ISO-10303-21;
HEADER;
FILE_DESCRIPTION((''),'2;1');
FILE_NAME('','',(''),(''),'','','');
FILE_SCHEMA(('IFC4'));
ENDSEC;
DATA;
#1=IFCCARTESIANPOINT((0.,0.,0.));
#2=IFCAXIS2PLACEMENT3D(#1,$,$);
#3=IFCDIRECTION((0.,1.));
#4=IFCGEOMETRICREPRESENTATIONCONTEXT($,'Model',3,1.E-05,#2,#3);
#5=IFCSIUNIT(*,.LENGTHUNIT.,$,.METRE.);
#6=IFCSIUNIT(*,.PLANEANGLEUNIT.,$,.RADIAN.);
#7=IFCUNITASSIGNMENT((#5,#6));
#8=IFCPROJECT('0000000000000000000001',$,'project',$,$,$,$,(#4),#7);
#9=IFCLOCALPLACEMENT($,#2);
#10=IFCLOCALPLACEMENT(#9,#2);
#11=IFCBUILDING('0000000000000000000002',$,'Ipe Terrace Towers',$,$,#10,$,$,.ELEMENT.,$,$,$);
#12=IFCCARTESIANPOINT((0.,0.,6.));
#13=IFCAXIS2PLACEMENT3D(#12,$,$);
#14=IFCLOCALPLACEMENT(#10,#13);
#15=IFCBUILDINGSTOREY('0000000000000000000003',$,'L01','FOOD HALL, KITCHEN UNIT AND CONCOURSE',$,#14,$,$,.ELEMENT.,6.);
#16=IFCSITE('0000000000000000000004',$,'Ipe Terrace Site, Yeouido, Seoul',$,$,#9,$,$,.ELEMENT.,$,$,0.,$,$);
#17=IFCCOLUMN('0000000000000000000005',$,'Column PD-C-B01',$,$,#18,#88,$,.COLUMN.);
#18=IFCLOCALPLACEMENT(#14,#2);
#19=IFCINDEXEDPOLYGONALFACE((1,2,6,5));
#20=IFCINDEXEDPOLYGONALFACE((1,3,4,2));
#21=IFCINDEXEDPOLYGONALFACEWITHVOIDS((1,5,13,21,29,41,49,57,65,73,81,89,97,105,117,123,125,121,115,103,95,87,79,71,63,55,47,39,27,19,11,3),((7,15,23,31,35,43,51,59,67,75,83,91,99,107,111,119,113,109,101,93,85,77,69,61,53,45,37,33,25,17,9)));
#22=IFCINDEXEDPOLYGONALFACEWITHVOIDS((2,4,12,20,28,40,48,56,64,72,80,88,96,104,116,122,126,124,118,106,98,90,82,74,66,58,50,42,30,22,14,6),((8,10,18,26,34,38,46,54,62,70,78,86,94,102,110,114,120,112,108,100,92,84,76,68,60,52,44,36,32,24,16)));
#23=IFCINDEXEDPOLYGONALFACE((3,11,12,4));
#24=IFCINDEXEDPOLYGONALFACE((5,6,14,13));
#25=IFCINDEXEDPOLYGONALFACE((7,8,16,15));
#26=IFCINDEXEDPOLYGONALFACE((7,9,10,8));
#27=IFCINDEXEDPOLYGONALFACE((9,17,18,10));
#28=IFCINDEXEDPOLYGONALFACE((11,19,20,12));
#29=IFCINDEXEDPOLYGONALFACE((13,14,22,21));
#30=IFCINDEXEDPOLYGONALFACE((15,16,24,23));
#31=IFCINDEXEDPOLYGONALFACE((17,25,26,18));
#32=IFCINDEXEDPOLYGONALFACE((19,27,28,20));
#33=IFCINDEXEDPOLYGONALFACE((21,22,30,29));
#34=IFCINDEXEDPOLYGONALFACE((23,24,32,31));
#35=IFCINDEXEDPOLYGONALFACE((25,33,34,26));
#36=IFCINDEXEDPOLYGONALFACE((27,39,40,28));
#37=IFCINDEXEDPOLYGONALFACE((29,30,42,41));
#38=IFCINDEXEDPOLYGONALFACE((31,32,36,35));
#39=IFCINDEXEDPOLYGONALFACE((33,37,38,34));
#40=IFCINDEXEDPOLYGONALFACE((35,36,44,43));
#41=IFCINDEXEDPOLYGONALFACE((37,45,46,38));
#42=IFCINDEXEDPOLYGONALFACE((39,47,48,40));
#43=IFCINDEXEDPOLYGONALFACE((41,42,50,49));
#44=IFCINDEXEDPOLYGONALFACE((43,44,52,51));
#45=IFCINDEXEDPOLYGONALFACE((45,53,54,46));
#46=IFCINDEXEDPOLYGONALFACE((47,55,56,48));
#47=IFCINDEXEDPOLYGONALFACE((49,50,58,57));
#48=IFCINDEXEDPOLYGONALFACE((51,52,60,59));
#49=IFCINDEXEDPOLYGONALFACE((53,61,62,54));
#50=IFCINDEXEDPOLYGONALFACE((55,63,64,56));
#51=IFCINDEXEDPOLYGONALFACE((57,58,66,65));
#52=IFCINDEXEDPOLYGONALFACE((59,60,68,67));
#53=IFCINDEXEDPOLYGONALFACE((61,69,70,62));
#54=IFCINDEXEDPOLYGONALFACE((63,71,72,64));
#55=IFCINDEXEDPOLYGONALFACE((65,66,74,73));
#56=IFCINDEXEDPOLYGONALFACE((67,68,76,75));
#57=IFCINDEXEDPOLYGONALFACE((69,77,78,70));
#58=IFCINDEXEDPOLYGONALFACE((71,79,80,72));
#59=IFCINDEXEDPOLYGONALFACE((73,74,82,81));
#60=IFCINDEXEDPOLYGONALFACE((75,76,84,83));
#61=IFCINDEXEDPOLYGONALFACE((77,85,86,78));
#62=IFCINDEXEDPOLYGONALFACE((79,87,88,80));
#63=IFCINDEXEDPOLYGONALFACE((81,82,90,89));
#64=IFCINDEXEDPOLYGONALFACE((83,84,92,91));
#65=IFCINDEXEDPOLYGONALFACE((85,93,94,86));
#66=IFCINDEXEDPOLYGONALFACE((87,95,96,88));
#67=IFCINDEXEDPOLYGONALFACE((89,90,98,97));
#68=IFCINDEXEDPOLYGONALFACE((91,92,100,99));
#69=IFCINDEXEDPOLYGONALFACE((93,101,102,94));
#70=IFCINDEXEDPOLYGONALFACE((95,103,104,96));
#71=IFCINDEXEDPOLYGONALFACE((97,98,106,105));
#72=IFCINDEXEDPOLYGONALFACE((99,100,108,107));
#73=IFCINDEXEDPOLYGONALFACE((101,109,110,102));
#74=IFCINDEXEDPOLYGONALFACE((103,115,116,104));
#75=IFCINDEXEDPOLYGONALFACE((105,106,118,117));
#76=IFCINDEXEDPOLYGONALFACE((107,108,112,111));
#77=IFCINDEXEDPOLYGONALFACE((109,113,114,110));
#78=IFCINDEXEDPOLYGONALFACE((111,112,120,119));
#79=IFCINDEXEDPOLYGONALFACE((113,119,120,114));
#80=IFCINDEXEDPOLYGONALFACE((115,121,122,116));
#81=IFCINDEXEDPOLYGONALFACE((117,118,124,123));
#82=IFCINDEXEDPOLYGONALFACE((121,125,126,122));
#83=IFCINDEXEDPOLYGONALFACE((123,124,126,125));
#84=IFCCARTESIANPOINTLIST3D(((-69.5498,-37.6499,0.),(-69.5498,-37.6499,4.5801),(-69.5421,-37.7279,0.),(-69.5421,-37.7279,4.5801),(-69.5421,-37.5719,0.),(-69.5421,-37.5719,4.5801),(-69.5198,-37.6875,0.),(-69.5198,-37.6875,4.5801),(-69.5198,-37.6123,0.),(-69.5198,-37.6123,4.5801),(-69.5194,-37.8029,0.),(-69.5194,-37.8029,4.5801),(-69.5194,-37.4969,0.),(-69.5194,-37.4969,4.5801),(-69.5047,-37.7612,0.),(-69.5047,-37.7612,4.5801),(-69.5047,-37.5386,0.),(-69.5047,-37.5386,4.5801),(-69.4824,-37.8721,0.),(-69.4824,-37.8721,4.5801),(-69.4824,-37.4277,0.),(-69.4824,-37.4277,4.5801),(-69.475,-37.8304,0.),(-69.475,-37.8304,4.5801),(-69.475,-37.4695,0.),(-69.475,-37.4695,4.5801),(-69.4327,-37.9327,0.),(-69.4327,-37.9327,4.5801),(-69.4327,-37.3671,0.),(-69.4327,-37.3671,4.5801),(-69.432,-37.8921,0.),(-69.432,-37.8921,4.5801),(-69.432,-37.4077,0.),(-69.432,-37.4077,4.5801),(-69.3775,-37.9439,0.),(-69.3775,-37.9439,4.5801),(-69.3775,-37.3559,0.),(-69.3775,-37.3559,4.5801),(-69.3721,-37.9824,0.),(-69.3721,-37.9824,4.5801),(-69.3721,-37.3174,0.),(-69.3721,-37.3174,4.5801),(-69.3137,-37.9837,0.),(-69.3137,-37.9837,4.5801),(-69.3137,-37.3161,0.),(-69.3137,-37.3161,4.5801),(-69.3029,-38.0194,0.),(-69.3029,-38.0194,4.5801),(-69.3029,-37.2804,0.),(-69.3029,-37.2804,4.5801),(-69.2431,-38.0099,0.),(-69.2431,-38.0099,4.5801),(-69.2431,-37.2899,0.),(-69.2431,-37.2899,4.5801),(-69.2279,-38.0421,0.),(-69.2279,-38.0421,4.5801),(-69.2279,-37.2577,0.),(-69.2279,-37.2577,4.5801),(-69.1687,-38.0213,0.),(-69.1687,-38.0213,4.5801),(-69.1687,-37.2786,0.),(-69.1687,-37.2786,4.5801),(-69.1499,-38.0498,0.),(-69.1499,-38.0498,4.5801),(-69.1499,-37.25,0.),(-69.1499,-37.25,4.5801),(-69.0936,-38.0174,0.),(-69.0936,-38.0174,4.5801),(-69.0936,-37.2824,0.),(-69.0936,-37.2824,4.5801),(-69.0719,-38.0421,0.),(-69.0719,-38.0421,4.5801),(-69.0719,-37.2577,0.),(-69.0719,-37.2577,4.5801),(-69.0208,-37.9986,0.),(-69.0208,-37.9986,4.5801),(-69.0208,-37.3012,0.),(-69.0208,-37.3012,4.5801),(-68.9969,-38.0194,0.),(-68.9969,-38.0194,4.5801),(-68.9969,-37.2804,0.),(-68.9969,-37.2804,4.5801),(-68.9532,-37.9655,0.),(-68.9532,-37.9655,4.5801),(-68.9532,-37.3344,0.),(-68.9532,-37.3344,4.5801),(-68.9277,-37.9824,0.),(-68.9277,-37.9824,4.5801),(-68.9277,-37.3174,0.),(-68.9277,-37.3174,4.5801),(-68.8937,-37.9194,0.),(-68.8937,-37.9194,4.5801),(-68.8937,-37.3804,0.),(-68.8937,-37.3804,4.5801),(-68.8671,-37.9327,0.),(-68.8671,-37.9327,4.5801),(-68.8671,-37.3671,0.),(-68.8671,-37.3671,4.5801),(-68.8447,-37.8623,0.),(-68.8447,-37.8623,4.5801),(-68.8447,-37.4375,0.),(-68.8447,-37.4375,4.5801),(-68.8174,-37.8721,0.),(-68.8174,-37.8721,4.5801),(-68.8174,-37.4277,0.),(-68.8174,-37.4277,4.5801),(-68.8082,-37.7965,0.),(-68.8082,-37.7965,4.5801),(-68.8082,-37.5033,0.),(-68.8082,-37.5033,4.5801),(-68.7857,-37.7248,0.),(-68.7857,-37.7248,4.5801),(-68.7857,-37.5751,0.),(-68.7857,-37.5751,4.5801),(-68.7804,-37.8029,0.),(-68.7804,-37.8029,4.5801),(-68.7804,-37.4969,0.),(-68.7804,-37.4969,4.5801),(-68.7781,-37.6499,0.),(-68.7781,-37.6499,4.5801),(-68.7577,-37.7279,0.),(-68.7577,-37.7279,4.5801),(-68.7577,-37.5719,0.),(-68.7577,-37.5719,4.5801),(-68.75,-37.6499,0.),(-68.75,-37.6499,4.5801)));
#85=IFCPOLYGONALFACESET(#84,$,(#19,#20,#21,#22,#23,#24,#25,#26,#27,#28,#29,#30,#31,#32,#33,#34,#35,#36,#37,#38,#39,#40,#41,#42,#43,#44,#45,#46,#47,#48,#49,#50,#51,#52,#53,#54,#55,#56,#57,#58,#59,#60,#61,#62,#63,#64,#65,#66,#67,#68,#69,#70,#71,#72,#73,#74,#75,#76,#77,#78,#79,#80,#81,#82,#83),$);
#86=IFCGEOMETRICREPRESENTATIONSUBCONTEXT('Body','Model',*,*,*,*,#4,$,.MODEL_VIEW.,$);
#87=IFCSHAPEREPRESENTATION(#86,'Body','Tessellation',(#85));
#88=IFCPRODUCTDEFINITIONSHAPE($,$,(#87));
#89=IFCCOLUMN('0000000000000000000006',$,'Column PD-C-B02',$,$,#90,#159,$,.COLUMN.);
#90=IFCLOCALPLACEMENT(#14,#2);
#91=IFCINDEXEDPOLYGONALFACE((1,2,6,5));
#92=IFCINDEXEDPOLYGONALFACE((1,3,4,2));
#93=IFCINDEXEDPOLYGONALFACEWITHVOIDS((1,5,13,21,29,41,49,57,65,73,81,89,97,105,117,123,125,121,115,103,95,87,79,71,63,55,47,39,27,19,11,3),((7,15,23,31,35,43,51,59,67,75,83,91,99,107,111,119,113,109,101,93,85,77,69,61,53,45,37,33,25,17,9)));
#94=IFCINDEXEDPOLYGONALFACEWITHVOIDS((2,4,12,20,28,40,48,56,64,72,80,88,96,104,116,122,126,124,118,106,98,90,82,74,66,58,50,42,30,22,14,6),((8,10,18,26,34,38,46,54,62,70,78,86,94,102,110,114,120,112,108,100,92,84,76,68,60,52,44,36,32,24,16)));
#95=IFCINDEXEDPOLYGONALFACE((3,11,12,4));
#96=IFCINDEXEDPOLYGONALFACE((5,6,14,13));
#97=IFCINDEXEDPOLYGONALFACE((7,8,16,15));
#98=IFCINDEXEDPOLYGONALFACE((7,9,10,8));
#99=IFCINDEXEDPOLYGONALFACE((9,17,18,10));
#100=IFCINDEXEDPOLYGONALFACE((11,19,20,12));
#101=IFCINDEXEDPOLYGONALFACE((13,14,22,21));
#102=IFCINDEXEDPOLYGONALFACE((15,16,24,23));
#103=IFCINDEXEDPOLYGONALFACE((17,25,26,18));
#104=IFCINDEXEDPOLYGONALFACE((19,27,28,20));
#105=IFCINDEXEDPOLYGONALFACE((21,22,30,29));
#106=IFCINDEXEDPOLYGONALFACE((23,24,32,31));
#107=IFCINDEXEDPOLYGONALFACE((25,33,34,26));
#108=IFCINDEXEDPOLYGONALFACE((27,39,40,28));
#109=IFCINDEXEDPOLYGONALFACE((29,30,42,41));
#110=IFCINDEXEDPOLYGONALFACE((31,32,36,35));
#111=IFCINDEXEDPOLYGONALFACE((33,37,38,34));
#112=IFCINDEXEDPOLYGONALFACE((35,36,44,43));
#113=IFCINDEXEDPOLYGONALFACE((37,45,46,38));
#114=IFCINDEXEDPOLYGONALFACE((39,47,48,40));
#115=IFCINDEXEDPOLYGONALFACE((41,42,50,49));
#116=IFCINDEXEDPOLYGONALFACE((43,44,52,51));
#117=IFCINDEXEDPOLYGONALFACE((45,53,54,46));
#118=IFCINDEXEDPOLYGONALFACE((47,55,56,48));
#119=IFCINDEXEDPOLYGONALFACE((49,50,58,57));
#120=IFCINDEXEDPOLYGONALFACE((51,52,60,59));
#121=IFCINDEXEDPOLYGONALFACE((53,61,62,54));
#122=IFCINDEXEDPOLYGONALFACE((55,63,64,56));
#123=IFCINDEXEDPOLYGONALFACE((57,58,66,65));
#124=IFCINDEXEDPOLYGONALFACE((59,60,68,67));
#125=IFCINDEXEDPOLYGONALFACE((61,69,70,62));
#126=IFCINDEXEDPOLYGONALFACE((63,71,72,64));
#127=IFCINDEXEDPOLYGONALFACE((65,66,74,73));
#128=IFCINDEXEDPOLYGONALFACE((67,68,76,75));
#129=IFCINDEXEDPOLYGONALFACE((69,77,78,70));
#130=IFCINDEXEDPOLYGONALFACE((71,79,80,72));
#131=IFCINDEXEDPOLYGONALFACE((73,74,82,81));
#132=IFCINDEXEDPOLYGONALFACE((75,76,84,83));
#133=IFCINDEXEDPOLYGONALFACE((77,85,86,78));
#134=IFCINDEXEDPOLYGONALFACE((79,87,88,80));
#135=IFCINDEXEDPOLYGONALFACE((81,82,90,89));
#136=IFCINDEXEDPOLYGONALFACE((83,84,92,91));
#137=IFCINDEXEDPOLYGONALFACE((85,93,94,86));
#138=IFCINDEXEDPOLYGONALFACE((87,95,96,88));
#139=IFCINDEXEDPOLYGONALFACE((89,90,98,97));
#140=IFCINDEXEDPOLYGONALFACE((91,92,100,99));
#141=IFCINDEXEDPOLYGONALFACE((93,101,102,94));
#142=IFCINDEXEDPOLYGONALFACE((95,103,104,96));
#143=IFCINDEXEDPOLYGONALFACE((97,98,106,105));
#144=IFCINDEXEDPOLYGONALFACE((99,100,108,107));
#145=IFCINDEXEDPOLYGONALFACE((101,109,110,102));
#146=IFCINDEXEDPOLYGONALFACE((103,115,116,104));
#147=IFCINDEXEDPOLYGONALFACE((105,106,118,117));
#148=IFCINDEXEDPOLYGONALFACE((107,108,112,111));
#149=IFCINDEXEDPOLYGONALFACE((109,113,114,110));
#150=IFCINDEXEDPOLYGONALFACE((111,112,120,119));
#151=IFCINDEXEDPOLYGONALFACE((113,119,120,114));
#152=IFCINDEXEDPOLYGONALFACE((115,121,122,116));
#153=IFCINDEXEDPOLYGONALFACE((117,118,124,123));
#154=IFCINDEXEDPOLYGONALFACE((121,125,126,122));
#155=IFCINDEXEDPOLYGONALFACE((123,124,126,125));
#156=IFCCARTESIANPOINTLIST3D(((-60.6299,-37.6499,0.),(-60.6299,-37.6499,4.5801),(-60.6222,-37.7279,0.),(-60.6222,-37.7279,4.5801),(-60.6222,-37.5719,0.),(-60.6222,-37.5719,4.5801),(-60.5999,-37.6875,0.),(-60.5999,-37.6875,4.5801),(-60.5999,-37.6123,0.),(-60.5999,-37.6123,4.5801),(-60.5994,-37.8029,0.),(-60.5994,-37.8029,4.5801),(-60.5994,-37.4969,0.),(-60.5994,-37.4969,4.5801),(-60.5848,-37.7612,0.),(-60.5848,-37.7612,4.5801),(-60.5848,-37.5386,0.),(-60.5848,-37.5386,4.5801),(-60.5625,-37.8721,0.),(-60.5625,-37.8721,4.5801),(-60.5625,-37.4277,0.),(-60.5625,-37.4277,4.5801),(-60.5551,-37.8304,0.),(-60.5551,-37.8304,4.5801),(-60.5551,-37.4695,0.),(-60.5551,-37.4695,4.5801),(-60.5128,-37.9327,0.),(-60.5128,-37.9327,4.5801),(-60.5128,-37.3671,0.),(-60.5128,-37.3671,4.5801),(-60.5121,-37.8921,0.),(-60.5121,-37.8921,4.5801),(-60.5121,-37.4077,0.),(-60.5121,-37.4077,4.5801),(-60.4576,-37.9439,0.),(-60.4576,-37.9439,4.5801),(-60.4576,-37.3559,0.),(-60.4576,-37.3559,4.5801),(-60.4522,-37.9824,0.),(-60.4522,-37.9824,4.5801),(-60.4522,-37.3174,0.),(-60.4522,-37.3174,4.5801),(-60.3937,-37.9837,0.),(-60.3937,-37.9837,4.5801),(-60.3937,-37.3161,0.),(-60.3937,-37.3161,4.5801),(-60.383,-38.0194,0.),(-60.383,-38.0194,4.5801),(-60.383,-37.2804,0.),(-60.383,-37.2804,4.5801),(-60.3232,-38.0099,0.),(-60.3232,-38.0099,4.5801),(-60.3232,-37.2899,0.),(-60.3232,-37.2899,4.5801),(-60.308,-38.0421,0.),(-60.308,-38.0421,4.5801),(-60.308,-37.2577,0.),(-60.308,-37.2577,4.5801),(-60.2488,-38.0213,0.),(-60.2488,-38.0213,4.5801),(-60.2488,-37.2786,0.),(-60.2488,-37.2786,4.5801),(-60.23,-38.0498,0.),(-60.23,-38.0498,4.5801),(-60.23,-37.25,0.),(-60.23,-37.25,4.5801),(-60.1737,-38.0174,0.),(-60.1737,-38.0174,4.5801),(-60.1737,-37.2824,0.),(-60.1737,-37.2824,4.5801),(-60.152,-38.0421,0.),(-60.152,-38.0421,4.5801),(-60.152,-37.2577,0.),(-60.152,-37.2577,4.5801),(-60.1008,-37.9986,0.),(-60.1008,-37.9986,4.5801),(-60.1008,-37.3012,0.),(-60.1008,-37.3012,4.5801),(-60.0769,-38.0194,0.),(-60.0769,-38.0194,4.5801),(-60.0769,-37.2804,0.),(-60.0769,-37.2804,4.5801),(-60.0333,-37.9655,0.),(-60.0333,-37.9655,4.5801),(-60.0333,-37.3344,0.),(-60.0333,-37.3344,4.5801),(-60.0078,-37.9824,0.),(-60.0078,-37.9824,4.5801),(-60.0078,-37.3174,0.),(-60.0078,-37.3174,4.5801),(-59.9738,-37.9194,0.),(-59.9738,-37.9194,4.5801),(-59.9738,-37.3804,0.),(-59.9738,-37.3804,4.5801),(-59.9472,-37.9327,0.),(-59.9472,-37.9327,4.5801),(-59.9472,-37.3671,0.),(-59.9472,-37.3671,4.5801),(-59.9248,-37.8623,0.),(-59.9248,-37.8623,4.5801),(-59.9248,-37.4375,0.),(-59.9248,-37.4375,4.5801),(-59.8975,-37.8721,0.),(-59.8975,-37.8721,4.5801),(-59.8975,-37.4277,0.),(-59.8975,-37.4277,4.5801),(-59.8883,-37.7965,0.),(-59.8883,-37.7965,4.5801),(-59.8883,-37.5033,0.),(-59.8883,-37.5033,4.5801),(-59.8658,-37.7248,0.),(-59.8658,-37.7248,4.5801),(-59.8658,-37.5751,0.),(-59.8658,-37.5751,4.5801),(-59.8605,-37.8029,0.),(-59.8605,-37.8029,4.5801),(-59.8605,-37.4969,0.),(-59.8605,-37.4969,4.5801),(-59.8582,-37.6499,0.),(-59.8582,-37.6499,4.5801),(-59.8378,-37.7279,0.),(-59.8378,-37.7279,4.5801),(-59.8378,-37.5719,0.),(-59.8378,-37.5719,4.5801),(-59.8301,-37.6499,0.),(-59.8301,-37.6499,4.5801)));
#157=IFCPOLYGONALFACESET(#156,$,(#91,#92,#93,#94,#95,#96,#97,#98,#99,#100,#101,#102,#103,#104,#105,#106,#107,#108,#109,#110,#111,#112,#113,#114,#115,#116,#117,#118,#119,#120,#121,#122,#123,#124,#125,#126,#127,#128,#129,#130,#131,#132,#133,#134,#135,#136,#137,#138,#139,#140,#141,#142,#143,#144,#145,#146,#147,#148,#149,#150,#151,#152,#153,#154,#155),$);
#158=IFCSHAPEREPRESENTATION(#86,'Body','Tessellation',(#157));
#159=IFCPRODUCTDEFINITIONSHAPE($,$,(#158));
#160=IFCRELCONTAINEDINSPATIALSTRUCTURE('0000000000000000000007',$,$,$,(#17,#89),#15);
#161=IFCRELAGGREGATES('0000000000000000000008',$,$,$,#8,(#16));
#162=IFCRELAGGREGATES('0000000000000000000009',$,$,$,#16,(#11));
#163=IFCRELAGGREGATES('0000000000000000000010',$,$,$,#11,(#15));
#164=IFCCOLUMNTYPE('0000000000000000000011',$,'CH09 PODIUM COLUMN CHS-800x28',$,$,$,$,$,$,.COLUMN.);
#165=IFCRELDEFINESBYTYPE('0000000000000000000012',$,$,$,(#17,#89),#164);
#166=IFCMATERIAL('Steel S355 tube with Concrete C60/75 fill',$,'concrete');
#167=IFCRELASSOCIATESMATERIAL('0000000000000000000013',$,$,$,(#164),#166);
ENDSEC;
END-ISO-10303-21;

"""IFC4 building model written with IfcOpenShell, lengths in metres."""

from ifc_helpers import new_model, si_unit, direction, frame, origin, origin_2d, place, context, subcontext, project, spatial, hollow_circle, extrude, material, material_profile, profile_set, type_object, element, save


model = new_model("IFC4")

# Units and contexts
model_context = context("Model", 3, precision=1e-05, world=origin(), true_north=direction((0.0, 1.0)))
body_context = subcontext(model_context, "Body", "Model", "MODEL_VIEW")
ifc_project = project(units=[si_unit("LENGTHUNIT", "METRE"), si_unit("PLANEANGLEUNIT", "RADIAN")], contexts=[model_context])

# Site, building, storey
site_placement = place(None, origin())
site = spatial("IfcSite", under=ifc_project, at=site_placement, Name="Ipe Terrace Site, Yeouido, Seoul", CompositionType="ELEMENT", RefElevation=0.0)
building_placement = place(site_placement, origin())
building = spatial("IfcBuilding", under=site, at=building_placement, Name="Ipe Terrace Towers", CompositionType="ELEMENT")
storey_placement = place(building_placement, frame((0.0, 0.0, 6.0)))
storey = spatial("IfcBuildingStorey", under=building, at=storey_placement, Name="L01", Description="FOOD HALL, KITCHEN UNIT AND CONCOURSE", CompositionType="ELEMENT", Elevation=6.0)

# Columns
ifc_material_1 = material(Name="Steel S355 tube with Concrete C60/75 fill", Category="concrete")
ifc_material_profile_1 = material_profile(ifc_material_1, hollow_circle(Radius=0.3999, WallThickness=0.0281, at=origin_2d()), Name="CHS-800x28")
ifc_profile_set_1 = profile_set([ifc_material_profile_1], Name="Steel S355 tube with Concrete C60/75 fill")
column_type = type_object("IfcColumnType", Name="CH09 PODIUM COLUMN CHS-800x28", PredefinedType="COLUMN", material=ifc_profile_set_1)
for number, where, z_axis, x_axis, name in (
    (1, (-69.1499, -37.6499, 0.0), (0.0, 0.0, 1.0), (1.0, 0.0, 0.0), "Column PD-C-B01"),
    (2, (-60.23, -37.6499, 0.0), (0.0, 0.0, 1.0), (1.0, 0.0, 0.0), "Column PD-C-B02"),
):
    element("IfcColumn", number, at=place(storey_placement, frame(where, z_axis=z_axis, x_axis=x_axis)), inside=storey, type_object=column_type, Name=name, PredefinedType="COLUMN", context=body_context, shape_type="SweptSolid", body=[
        extrude(hollow_circle(Radius=0.3999, WallThickness=0.0281, at=origin_2d()), origin(), (0.0, 0.0, 1.0), 4.5801),
    ])

save(model, "model.ifc")
